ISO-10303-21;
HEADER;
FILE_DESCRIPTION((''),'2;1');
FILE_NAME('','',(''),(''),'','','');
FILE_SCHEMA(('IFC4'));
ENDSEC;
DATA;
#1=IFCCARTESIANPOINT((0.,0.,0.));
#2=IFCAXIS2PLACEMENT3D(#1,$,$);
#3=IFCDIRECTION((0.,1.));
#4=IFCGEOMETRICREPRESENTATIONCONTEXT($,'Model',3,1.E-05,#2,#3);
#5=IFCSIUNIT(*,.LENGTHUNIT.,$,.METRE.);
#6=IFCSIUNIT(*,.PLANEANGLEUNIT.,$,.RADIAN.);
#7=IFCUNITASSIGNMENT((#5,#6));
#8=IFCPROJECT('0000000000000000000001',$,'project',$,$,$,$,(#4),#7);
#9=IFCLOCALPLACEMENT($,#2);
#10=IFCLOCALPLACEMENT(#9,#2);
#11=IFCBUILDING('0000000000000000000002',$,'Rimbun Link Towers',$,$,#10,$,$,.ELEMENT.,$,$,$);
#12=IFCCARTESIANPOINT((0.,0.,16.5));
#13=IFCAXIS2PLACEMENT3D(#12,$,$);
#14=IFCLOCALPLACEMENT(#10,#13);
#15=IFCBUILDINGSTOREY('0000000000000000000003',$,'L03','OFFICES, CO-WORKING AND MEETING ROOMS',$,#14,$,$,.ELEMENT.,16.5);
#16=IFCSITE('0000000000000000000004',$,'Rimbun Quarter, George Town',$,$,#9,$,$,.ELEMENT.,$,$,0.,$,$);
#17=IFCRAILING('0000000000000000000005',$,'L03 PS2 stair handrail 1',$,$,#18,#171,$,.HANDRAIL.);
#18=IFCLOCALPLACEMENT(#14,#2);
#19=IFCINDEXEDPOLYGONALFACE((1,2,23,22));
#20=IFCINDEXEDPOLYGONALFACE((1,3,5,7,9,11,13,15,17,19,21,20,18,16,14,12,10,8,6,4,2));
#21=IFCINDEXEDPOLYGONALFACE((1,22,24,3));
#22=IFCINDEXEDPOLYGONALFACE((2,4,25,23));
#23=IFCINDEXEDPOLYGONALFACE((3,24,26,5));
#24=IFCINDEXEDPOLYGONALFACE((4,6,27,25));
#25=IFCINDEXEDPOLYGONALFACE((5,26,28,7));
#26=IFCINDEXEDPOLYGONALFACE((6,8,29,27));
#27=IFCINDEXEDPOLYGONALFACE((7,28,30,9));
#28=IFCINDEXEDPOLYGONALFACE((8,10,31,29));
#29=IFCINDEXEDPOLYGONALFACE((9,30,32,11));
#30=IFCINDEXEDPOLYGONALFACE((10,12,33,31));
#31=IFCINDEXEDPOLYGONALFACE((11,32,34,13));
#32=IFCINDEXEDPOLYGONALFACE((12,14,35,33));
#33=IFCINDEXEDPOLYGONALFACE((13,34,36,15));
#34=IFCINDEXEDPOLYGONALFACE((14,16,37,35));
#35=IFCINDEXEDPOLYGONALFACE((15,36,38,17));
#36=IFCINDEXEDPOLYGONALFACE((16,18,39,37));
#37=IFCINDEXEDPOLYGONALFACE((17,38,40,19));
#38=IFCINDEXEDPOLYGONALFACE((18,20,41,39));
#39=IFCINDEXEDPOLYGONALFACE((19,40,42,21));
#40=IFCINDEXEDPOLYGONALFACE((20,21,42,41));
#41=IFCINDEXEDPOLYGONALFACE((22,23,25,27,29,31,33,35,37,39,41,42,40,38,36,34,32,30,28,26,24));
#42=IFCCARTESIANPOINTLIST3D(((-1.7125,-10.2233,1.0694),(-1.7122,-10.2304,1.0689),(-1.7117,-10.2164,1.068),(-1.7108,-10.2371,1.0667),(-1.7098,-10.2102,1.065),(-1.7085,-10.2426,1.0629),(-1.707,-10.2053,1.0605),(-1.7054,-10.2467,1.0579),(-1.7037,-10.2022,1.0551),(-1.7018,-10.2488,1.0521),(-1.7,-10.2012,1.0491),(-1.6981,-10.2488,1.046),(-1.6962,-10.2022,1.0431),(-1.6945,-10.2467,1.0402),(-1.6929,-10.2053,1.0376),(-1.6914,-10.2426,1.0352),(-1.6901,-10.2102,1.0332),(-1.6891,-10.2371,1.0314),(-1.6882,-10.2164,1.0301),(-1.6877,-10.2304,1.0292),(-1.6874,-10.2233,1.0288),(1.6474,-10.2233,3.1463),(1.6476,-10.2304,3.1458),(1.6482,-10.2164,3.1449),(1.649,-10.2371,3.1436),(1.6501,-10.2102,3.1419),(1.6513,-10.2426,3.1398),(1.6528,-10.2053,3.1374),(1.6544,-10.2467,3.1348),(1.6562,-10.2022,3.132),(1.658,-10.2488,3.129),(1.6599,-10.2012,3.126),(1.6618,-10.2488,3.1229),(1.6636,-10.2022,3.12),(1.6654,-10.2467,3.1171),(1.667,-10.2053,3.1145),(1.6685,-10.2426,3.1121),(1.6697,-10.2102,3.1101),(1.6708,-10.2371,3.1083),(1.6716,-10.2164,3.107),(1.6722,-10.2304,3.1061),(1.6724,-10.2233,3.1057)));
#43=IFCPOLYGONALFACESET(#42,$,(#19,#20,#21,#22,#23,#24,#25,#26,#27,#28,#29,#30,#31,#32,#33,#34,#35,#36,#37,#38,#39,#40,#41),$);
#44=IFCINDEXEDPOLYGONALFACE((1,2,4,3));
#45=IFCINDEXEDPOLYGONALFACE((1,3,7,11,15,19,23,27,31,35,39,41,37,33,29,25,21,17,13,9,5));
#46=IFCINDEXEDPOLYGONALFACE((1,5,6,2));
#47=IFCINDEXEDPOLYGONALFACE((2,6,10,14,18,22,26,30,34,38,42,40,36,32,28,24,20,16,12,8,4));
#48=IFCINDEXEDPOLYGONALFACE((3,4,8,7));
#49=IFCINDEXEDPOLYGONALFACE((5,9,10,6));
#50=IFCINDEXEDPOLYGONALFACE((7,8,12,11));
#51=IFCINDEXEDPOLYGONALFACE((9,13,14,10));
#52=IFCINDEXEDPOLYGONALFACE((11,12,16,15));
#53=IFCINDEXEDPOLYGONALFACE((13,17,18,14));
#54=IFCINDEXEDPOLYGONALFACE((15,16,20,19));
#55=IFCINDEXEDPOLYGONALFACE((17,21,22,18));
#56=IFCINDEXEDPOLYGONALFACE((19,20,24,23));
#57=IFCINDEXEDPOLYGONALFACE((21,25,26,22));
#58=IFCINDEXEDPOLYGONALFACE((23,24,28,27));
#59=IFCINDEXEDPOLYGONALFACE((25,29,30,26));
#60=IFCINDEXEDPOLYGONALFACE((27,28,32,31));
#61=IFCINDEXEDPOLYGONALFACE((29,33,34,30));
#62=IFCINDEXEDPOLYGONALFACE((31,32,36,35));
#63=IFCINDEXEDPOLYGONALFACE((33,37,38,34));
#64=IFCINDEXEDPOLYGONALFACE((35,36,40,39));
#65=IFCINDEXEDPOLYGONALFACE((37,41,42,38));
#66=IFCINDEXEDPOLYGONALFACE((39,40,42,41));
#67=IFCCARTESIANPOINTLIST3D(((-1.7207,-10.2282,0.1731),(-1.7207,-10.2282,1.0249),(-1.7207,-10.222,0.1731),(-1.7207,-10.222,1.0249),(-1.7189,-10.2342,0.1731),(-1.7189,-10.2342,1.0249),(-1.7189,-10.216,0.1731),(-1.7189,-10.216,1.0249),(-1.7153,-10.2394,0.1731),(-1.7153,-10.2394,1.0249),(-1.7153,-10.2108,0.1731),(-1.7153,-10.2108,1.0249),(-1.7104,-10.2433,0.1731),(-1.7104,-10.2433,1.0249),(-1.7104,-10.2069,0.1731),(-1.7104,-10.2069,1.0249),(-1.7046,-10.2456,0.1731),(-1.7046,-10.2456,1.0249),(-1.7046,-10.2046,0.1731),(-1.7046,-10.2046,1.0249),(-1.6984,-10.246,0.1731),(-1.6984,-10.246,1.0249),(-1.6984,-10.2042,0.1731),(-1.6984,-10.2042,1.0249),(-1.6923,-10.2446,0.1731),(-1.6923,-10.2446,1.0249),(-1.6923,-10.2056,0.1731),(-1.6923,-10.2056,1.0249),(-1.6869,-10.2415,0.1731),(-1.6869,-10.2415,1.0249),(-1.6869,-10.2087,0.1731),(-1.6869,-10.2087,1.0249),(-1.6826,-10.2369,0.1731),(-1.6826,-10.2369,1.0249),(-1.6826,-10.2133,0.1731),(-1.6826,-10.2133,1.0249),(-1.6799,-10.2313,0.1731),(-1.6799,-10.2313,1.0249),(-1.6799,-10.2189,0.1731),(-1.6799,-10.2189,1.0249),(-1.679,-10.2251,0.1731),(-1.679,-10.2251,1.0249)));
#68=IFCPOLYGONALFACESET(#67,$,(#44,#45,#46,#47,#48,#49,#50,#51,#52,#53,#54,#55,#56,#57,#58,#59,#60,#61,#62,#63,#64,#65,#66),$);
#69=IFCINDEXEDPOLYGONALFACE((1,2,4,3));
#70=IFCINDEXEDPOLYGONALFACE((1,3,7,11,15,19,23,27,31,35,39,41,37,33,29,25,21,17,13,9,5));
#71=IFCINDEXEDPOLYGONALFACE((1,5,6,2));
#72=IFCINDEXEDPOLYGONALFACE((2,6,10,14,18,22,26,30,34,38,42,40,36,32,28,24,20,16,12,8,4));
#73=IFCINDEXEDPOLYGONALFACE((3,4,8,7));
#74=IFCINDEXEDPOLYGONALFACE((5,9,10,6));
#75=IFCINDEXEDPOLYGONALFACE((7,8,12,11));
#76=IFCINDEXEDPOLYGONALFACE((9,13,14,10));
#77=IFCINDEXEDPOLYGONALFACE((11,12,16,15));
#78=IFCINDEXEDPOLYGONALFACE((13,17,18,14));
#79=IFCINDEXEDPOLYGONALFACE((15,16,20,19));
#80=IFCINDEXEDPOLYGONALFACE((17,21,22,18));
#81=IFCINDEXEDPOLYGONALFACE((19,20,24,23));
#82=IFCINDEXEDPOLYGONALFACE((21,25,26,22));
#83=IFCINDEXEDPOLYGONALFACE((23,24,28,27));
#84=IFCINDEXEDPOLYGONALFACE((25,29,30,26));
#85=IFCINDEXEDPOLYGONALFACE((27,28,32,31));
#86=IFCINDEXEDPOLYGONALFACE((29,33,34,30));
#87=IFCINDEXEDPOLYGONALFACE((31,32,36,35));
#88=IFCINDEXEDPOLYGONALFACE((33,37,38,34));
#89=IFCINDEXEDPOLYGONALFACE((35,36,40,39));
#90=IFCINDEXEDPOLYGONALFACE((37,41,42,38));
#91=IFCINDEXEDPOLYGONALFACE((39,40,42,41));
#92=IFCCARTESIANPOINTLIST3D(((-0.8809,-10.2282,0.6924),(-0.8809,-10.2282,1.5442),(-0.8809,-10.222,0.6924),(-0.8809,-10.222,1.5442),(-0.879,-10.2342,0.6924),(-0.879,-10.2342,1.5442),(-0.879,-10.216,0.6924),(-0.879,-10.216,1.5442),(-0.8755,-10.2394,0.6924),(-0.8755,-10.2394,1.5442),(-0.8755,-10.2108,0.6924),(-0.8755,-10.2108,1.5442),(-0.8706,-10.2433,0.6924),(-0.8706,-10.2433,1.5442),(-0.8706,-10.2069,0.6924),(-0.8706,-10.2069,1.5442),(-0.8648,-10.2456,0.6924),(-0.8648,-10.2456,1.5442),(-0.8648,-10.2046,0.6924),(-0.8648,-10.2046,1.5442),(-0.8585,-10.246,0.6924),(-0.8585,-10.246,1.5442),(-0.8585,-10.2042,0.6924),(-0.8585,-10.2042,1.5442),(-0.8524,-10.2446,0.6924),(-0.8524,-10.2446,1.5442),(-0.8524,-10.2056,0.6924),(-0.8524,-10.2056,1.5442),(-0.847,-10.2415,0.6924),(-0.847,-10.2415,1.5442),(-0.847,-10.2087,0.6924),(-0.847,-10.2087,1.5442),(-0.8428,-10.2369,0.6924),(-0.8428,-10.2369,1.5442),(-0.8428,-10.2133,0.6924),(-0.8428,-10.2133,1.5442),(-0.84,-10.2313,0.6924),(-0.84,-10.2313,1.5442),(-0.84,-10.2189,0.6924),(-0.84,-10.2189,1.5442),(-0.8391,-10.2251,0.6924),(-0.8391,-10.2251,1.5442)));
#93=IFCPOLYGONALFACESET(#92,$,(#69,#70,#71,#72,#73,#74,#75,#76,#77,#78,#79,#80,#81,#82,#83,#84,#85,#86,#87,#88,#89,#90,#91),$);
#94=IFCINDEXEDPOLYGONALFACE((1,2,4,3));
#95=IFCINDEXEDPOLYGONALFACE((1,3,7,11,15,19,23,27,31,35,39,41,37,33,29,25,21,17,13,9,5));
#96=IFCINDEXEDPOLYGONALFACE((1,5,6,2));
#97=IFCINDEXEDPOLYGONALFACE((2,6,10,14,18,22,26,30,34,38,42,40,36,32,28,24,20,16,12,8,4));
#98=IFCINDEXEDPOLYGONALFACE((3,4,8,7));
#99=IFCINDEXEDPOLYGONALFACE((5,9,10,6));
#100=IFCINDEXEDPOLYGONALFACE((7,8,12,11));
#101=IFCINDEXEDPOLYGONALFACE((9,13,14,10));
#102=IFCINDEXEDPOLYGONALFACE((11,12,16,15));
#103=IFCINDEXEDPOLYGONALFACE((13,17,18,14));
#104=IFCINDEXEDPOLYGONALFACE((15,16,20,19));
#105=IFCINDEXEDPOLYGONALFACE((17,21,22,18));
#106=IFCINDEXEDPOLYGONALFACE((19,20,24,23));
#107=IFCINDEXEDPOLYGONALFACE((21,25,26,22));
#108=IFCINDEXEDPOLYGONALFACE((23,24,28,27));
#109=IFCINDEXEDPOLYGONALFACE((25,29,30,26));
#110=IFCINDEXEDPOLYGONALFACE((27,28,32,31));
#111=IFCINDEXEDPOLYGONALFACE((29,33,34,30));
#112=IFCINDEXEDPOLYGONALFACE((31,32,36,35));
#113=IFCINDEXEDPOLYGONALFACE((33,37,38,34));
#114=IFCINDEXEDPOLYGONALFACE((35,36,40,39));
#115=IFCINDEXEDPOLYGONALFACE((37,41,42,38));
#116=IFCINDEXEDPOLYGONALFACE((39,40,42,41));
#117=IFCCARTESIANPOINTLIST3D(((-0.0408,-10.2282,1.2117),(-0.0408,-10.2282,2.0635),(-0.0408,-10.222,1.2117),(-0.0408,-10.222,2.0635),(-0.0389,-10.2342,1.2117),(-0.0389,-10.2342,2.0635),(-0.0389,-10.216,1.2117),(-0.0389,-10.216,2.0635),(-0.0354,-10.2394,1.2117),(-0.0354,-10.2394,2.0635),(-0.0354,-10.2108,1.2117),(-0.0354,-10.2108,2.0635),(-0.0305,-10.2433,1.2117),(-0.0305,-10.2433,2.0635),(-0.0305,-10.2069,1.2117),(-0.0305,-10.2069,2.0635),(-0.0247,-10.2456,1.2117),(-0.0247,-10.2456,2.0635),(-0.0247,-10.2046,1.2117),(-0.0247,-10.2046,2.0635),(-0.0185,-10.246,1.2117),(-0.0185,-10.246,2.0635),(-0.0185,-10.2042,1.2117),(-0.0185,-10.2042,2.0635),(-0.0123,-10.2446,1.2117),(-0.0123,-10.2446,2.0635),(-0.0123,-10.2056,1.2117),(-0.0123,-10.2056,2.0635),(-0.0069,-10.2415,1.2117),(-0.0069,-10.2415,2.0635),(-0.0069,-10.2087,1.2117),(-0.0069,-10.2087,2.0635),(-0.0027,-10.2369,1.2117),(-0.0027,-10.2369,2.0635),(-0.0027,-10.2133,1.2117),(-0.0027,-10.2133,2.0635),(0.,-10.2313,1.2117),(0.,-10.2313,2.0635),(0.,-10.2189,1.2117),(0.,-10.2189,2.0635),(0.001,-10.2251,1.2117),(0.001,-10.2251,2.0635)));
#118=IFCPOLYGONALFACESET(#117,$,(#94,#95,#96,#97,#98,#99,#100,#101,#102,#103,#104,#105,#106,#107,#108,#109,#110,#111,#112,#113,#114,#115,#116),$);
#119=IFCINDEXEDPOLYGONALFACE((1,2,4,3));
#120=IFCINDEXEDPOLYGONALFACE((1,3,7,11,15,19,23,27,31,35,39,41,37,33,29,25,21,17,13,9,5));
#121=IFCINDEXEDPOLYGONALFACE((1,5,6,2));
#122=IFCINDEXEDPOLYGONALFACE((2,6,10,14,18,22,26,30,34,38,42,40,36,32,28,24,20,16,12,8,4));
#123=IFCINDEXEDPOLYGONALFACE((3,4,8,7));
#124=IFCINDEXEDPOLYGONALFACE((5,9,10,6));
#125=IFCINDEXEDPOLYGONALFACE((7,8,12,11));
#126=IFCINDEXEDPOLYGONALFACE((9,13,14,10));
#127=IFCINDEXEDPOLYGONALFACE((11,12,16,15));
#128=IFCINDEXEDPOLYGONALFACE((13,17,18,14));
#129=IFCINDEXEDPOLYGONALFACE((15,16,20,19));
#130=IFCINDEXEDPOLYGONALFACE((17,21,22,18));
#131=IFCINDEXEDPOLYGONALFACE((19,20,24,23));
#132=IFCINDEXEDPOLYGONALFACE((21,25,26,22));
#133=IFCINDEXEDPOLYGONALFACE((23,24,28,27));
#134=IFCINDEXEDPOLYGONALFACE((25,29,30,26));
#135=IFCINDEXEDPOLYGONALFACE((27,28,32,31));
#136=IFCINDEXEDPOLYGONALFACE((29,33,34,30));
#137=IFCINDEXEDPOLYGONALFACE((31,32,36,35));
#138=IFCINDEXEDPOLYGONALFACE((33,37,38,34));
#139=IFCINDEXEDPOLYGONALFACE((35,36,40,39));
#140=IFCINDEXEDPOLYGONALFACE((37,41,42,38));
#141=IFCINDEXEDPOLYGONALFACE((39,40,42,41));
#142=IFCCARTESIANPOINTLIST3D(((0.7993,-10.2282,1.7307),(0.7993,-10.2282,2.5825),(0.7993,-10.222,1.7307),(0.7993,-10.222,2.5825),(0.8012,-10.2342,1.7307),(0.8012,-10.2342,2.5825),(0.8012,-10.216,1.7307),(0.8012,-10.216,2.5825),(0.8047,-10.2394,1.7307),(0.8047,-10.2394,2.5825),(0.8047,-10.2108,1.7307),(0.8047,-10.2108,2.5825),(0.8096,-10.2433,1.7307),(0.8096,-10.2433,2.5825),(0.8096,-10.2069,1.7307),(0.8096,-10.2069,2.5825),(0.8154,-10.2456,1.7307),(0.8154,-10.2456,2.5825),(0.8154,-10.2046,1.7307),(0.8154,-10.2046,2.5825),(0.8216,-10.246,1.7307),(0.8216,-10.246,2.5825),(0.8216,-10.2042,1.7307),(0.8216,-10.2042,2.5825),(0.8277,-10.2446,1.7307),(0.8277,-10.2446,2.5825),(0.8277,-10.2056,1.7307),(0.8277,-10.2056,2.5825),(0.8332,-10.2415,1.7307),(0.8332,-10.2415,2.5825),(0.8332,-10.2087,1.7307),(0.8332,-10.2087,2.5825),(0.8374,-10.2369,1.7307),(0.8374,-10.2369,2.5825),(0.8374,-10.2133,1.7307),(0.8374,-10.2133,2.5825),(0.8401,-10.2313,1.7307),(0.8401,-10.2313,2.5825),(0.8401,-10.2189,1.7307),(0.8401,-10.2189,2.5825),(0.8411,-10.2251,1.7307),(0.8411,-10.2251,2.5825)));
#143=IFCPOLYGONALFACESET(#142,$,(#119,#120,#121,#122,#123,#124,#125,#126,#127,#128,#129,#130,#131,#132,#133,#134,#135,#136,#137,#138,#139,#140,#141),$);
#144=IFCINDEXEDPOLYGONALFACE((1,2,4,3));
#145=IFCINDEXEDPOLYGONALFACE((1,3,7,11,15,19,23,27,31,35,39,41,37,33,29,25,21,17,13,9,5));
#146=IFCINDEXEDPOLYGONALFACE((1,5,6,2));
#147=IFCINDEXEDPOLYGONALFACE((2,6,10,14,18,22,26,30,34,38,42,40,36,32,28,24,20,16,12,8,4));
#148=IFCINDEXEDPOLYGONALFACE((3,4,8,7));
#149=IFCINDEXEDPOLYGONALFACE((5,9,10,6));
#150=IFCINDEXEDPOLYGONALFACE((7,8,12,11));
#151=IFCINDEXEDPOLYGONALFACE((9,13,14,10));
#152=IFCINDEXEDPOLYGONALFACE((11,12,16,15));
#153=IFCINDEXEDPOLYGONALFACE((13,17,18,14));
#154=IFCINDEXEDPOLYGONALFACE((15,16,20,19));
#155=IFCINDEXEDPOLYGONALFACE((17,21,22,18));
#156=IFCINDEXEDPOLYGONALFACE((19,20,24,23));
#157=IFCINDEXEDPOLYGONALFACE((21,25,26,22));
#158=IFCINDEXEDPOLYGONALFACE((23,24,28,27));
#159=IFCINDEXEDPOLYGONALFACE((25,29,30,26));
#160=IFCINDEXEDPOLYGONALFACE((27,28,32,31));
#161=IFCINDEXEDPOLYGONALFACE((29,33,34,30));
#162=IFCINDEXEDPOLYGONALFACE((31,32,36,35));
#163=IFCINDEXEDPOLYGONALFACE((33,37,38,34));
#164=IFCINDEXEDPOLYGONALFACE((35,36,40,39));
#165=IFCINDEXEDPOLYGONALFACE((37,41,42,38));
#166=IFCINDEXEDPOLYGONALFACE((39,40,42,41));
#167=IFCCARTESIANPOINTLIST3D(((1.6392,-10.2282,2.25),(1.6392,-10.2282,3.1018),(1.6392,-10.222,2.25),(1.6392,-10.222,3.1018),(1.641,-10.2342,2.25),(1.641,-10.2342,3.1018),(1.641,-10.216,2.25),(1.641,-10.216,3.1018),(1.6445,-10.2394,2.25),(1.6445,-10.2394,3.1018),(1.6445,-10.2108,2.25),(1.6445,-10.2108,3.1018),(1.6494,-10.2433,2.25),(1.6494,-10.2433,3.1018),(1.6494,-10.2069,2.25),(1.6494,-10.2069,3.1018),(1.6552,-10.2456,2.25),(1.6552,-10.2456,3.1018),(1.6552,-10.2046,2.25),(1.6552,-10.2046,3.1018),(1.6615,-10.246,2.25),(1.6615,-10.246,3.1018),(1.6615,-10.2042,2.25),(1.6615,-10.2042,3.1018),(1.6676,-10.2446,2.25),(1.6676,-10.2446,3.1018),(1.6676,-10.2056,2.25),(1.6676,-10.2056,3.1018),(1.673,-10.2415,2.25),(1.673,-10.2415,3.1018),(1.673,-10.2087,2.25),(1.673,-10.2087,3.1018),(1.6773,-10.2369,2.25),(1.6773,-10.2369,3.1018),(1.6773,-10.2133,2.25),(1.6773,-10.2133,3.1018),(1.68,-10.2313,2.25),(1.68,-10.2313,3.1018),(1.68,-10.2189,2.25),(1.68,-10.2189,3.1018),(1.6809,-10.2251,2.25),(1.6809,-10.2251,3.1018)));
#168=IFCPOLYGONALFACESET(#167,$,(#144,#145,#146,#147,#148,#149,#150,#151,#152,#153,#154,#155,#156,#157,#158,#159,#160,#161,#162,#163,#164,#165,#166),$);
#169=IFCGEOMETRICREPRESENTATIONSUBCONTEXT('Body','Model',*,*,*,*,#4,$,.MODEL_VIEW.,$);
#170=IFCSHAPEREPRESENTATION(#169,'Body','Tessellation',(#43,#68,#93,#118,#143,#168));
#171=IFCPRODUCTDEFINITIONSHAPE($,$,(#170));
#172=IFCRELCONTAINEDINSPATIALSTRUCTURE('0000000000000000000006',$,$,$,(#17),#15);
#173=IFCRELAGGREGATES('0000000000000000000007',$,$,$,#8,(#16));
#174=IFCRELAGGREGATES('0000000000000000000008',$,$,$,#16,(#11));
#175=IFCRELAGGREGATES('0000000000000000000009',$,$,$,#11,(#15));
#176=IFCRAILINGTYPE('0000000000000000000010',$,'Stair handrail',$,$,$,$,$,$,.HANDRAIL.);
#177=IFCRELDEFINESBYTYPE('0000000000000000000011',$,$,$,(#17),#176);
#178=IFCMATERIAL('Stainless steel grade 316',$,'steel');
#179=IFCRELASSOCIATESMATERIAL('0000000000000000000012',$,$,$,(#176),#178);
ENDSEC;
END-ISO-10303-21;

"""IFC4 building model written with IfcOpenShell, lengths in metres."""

from ifc_helpers import new_model, si_unit, direction, frame, origin, origin_2d, place, context, subcontext, project, spatial, circle, extrude, material, type_object, element, save


model = new_model("IFC4")

# Units and contexts
model_context = context("Model", 3, precision=1e-05, world=origin(), true_north=direction((0.0, 1.0)))
body_context = subcontext(model_context, "Body", "Model", "MODEL_VIEW")
ifc_project = project(units=[si_unit("LENGTHUNIT", "METRE"), si_unit("PLANEANGLEUNIT", "RADIAN")], contexts=[model_context])

# Site, building, storey
site_placement = place(None, origin())
site = spatial("IfcSite", under=ifc_project, at=site_placement, Name="Rimbun Quarter, George Town", CompositionType="ELEMENT", RefElevation=0.0)
building_placement = place(site_placement, origin())
building = spatial("IfcBuilding", under=site, at=building_placement, Name="Rimbun Link Towers", CompositionType="ELEMENT")
storey_placement = place(building_placement, frame((0.0, 0.0, 16.5)))
storey = spatial("IfcBuildingStorey", under=building, at=storey_placement, Name="L03", Description="OFFICES, CO-WORKING AND MEETING ROOMS", CompositionType="ELEMENT", Elevation=16.5)

# Railing
ifc_material_1 = material(Name="Stainless steel grade 316", Category="steel")
railing_type_1 = type_object("IfcRailingType", Name="Stair handrail", PredefinedType="HANDRAIL", material=ifc_material_1)
railing_1_placement = place(storey_placement, frame((-1.7, -10.2251, 0.1731)))
element("IfcRailing", 1, at=railing_1_placement, inside=storey, type_object=railing_type_1, Name="L03 PS2 stair handrail 1", PredefinedType="HANDRAIL", context=body_context, shape_type="SweptSolid", body=[
    extrude(circle(Radius=0.0239, at=origin_2d()), frame((0.0, 0.0, 0.876), z_axis=(0.850606, 0.0, 0.525803), x_axis=(0.0, 1.0, 0.0)), (0.0, 0.0, 1.0), 3.95),
    extrude(circle(Radius=0.021, at=origin_2d()), origin(), (0.0, 0.0, 1.0), 0.8518),
    extrude(circle(Radius=0.021, at=origin_2d()), frame((0.8398, 0.0, 0.5193)), (0.0, 0.0, 1.0), 0.8518),
    extrude(circle(Radius=0.021, at=origin_2d()), frame((1.6799, 0.0, 1.0386)), (0.0, 0.0, 1.0), 0.8518),
    extrude(circle(Radius=0.021, at=origin_2d()), frame((2.52, 0.0, 1.5576)), (0.0, 0.0, 1.0), 0.8518),
    extrude(circle(Radius=0.021, at=origin_2d()), frame((3.3599, 0.0, 2.0769)), (0.0, 0.0, 1.0), 0.8518),
])

save(model, "model.ifc")
